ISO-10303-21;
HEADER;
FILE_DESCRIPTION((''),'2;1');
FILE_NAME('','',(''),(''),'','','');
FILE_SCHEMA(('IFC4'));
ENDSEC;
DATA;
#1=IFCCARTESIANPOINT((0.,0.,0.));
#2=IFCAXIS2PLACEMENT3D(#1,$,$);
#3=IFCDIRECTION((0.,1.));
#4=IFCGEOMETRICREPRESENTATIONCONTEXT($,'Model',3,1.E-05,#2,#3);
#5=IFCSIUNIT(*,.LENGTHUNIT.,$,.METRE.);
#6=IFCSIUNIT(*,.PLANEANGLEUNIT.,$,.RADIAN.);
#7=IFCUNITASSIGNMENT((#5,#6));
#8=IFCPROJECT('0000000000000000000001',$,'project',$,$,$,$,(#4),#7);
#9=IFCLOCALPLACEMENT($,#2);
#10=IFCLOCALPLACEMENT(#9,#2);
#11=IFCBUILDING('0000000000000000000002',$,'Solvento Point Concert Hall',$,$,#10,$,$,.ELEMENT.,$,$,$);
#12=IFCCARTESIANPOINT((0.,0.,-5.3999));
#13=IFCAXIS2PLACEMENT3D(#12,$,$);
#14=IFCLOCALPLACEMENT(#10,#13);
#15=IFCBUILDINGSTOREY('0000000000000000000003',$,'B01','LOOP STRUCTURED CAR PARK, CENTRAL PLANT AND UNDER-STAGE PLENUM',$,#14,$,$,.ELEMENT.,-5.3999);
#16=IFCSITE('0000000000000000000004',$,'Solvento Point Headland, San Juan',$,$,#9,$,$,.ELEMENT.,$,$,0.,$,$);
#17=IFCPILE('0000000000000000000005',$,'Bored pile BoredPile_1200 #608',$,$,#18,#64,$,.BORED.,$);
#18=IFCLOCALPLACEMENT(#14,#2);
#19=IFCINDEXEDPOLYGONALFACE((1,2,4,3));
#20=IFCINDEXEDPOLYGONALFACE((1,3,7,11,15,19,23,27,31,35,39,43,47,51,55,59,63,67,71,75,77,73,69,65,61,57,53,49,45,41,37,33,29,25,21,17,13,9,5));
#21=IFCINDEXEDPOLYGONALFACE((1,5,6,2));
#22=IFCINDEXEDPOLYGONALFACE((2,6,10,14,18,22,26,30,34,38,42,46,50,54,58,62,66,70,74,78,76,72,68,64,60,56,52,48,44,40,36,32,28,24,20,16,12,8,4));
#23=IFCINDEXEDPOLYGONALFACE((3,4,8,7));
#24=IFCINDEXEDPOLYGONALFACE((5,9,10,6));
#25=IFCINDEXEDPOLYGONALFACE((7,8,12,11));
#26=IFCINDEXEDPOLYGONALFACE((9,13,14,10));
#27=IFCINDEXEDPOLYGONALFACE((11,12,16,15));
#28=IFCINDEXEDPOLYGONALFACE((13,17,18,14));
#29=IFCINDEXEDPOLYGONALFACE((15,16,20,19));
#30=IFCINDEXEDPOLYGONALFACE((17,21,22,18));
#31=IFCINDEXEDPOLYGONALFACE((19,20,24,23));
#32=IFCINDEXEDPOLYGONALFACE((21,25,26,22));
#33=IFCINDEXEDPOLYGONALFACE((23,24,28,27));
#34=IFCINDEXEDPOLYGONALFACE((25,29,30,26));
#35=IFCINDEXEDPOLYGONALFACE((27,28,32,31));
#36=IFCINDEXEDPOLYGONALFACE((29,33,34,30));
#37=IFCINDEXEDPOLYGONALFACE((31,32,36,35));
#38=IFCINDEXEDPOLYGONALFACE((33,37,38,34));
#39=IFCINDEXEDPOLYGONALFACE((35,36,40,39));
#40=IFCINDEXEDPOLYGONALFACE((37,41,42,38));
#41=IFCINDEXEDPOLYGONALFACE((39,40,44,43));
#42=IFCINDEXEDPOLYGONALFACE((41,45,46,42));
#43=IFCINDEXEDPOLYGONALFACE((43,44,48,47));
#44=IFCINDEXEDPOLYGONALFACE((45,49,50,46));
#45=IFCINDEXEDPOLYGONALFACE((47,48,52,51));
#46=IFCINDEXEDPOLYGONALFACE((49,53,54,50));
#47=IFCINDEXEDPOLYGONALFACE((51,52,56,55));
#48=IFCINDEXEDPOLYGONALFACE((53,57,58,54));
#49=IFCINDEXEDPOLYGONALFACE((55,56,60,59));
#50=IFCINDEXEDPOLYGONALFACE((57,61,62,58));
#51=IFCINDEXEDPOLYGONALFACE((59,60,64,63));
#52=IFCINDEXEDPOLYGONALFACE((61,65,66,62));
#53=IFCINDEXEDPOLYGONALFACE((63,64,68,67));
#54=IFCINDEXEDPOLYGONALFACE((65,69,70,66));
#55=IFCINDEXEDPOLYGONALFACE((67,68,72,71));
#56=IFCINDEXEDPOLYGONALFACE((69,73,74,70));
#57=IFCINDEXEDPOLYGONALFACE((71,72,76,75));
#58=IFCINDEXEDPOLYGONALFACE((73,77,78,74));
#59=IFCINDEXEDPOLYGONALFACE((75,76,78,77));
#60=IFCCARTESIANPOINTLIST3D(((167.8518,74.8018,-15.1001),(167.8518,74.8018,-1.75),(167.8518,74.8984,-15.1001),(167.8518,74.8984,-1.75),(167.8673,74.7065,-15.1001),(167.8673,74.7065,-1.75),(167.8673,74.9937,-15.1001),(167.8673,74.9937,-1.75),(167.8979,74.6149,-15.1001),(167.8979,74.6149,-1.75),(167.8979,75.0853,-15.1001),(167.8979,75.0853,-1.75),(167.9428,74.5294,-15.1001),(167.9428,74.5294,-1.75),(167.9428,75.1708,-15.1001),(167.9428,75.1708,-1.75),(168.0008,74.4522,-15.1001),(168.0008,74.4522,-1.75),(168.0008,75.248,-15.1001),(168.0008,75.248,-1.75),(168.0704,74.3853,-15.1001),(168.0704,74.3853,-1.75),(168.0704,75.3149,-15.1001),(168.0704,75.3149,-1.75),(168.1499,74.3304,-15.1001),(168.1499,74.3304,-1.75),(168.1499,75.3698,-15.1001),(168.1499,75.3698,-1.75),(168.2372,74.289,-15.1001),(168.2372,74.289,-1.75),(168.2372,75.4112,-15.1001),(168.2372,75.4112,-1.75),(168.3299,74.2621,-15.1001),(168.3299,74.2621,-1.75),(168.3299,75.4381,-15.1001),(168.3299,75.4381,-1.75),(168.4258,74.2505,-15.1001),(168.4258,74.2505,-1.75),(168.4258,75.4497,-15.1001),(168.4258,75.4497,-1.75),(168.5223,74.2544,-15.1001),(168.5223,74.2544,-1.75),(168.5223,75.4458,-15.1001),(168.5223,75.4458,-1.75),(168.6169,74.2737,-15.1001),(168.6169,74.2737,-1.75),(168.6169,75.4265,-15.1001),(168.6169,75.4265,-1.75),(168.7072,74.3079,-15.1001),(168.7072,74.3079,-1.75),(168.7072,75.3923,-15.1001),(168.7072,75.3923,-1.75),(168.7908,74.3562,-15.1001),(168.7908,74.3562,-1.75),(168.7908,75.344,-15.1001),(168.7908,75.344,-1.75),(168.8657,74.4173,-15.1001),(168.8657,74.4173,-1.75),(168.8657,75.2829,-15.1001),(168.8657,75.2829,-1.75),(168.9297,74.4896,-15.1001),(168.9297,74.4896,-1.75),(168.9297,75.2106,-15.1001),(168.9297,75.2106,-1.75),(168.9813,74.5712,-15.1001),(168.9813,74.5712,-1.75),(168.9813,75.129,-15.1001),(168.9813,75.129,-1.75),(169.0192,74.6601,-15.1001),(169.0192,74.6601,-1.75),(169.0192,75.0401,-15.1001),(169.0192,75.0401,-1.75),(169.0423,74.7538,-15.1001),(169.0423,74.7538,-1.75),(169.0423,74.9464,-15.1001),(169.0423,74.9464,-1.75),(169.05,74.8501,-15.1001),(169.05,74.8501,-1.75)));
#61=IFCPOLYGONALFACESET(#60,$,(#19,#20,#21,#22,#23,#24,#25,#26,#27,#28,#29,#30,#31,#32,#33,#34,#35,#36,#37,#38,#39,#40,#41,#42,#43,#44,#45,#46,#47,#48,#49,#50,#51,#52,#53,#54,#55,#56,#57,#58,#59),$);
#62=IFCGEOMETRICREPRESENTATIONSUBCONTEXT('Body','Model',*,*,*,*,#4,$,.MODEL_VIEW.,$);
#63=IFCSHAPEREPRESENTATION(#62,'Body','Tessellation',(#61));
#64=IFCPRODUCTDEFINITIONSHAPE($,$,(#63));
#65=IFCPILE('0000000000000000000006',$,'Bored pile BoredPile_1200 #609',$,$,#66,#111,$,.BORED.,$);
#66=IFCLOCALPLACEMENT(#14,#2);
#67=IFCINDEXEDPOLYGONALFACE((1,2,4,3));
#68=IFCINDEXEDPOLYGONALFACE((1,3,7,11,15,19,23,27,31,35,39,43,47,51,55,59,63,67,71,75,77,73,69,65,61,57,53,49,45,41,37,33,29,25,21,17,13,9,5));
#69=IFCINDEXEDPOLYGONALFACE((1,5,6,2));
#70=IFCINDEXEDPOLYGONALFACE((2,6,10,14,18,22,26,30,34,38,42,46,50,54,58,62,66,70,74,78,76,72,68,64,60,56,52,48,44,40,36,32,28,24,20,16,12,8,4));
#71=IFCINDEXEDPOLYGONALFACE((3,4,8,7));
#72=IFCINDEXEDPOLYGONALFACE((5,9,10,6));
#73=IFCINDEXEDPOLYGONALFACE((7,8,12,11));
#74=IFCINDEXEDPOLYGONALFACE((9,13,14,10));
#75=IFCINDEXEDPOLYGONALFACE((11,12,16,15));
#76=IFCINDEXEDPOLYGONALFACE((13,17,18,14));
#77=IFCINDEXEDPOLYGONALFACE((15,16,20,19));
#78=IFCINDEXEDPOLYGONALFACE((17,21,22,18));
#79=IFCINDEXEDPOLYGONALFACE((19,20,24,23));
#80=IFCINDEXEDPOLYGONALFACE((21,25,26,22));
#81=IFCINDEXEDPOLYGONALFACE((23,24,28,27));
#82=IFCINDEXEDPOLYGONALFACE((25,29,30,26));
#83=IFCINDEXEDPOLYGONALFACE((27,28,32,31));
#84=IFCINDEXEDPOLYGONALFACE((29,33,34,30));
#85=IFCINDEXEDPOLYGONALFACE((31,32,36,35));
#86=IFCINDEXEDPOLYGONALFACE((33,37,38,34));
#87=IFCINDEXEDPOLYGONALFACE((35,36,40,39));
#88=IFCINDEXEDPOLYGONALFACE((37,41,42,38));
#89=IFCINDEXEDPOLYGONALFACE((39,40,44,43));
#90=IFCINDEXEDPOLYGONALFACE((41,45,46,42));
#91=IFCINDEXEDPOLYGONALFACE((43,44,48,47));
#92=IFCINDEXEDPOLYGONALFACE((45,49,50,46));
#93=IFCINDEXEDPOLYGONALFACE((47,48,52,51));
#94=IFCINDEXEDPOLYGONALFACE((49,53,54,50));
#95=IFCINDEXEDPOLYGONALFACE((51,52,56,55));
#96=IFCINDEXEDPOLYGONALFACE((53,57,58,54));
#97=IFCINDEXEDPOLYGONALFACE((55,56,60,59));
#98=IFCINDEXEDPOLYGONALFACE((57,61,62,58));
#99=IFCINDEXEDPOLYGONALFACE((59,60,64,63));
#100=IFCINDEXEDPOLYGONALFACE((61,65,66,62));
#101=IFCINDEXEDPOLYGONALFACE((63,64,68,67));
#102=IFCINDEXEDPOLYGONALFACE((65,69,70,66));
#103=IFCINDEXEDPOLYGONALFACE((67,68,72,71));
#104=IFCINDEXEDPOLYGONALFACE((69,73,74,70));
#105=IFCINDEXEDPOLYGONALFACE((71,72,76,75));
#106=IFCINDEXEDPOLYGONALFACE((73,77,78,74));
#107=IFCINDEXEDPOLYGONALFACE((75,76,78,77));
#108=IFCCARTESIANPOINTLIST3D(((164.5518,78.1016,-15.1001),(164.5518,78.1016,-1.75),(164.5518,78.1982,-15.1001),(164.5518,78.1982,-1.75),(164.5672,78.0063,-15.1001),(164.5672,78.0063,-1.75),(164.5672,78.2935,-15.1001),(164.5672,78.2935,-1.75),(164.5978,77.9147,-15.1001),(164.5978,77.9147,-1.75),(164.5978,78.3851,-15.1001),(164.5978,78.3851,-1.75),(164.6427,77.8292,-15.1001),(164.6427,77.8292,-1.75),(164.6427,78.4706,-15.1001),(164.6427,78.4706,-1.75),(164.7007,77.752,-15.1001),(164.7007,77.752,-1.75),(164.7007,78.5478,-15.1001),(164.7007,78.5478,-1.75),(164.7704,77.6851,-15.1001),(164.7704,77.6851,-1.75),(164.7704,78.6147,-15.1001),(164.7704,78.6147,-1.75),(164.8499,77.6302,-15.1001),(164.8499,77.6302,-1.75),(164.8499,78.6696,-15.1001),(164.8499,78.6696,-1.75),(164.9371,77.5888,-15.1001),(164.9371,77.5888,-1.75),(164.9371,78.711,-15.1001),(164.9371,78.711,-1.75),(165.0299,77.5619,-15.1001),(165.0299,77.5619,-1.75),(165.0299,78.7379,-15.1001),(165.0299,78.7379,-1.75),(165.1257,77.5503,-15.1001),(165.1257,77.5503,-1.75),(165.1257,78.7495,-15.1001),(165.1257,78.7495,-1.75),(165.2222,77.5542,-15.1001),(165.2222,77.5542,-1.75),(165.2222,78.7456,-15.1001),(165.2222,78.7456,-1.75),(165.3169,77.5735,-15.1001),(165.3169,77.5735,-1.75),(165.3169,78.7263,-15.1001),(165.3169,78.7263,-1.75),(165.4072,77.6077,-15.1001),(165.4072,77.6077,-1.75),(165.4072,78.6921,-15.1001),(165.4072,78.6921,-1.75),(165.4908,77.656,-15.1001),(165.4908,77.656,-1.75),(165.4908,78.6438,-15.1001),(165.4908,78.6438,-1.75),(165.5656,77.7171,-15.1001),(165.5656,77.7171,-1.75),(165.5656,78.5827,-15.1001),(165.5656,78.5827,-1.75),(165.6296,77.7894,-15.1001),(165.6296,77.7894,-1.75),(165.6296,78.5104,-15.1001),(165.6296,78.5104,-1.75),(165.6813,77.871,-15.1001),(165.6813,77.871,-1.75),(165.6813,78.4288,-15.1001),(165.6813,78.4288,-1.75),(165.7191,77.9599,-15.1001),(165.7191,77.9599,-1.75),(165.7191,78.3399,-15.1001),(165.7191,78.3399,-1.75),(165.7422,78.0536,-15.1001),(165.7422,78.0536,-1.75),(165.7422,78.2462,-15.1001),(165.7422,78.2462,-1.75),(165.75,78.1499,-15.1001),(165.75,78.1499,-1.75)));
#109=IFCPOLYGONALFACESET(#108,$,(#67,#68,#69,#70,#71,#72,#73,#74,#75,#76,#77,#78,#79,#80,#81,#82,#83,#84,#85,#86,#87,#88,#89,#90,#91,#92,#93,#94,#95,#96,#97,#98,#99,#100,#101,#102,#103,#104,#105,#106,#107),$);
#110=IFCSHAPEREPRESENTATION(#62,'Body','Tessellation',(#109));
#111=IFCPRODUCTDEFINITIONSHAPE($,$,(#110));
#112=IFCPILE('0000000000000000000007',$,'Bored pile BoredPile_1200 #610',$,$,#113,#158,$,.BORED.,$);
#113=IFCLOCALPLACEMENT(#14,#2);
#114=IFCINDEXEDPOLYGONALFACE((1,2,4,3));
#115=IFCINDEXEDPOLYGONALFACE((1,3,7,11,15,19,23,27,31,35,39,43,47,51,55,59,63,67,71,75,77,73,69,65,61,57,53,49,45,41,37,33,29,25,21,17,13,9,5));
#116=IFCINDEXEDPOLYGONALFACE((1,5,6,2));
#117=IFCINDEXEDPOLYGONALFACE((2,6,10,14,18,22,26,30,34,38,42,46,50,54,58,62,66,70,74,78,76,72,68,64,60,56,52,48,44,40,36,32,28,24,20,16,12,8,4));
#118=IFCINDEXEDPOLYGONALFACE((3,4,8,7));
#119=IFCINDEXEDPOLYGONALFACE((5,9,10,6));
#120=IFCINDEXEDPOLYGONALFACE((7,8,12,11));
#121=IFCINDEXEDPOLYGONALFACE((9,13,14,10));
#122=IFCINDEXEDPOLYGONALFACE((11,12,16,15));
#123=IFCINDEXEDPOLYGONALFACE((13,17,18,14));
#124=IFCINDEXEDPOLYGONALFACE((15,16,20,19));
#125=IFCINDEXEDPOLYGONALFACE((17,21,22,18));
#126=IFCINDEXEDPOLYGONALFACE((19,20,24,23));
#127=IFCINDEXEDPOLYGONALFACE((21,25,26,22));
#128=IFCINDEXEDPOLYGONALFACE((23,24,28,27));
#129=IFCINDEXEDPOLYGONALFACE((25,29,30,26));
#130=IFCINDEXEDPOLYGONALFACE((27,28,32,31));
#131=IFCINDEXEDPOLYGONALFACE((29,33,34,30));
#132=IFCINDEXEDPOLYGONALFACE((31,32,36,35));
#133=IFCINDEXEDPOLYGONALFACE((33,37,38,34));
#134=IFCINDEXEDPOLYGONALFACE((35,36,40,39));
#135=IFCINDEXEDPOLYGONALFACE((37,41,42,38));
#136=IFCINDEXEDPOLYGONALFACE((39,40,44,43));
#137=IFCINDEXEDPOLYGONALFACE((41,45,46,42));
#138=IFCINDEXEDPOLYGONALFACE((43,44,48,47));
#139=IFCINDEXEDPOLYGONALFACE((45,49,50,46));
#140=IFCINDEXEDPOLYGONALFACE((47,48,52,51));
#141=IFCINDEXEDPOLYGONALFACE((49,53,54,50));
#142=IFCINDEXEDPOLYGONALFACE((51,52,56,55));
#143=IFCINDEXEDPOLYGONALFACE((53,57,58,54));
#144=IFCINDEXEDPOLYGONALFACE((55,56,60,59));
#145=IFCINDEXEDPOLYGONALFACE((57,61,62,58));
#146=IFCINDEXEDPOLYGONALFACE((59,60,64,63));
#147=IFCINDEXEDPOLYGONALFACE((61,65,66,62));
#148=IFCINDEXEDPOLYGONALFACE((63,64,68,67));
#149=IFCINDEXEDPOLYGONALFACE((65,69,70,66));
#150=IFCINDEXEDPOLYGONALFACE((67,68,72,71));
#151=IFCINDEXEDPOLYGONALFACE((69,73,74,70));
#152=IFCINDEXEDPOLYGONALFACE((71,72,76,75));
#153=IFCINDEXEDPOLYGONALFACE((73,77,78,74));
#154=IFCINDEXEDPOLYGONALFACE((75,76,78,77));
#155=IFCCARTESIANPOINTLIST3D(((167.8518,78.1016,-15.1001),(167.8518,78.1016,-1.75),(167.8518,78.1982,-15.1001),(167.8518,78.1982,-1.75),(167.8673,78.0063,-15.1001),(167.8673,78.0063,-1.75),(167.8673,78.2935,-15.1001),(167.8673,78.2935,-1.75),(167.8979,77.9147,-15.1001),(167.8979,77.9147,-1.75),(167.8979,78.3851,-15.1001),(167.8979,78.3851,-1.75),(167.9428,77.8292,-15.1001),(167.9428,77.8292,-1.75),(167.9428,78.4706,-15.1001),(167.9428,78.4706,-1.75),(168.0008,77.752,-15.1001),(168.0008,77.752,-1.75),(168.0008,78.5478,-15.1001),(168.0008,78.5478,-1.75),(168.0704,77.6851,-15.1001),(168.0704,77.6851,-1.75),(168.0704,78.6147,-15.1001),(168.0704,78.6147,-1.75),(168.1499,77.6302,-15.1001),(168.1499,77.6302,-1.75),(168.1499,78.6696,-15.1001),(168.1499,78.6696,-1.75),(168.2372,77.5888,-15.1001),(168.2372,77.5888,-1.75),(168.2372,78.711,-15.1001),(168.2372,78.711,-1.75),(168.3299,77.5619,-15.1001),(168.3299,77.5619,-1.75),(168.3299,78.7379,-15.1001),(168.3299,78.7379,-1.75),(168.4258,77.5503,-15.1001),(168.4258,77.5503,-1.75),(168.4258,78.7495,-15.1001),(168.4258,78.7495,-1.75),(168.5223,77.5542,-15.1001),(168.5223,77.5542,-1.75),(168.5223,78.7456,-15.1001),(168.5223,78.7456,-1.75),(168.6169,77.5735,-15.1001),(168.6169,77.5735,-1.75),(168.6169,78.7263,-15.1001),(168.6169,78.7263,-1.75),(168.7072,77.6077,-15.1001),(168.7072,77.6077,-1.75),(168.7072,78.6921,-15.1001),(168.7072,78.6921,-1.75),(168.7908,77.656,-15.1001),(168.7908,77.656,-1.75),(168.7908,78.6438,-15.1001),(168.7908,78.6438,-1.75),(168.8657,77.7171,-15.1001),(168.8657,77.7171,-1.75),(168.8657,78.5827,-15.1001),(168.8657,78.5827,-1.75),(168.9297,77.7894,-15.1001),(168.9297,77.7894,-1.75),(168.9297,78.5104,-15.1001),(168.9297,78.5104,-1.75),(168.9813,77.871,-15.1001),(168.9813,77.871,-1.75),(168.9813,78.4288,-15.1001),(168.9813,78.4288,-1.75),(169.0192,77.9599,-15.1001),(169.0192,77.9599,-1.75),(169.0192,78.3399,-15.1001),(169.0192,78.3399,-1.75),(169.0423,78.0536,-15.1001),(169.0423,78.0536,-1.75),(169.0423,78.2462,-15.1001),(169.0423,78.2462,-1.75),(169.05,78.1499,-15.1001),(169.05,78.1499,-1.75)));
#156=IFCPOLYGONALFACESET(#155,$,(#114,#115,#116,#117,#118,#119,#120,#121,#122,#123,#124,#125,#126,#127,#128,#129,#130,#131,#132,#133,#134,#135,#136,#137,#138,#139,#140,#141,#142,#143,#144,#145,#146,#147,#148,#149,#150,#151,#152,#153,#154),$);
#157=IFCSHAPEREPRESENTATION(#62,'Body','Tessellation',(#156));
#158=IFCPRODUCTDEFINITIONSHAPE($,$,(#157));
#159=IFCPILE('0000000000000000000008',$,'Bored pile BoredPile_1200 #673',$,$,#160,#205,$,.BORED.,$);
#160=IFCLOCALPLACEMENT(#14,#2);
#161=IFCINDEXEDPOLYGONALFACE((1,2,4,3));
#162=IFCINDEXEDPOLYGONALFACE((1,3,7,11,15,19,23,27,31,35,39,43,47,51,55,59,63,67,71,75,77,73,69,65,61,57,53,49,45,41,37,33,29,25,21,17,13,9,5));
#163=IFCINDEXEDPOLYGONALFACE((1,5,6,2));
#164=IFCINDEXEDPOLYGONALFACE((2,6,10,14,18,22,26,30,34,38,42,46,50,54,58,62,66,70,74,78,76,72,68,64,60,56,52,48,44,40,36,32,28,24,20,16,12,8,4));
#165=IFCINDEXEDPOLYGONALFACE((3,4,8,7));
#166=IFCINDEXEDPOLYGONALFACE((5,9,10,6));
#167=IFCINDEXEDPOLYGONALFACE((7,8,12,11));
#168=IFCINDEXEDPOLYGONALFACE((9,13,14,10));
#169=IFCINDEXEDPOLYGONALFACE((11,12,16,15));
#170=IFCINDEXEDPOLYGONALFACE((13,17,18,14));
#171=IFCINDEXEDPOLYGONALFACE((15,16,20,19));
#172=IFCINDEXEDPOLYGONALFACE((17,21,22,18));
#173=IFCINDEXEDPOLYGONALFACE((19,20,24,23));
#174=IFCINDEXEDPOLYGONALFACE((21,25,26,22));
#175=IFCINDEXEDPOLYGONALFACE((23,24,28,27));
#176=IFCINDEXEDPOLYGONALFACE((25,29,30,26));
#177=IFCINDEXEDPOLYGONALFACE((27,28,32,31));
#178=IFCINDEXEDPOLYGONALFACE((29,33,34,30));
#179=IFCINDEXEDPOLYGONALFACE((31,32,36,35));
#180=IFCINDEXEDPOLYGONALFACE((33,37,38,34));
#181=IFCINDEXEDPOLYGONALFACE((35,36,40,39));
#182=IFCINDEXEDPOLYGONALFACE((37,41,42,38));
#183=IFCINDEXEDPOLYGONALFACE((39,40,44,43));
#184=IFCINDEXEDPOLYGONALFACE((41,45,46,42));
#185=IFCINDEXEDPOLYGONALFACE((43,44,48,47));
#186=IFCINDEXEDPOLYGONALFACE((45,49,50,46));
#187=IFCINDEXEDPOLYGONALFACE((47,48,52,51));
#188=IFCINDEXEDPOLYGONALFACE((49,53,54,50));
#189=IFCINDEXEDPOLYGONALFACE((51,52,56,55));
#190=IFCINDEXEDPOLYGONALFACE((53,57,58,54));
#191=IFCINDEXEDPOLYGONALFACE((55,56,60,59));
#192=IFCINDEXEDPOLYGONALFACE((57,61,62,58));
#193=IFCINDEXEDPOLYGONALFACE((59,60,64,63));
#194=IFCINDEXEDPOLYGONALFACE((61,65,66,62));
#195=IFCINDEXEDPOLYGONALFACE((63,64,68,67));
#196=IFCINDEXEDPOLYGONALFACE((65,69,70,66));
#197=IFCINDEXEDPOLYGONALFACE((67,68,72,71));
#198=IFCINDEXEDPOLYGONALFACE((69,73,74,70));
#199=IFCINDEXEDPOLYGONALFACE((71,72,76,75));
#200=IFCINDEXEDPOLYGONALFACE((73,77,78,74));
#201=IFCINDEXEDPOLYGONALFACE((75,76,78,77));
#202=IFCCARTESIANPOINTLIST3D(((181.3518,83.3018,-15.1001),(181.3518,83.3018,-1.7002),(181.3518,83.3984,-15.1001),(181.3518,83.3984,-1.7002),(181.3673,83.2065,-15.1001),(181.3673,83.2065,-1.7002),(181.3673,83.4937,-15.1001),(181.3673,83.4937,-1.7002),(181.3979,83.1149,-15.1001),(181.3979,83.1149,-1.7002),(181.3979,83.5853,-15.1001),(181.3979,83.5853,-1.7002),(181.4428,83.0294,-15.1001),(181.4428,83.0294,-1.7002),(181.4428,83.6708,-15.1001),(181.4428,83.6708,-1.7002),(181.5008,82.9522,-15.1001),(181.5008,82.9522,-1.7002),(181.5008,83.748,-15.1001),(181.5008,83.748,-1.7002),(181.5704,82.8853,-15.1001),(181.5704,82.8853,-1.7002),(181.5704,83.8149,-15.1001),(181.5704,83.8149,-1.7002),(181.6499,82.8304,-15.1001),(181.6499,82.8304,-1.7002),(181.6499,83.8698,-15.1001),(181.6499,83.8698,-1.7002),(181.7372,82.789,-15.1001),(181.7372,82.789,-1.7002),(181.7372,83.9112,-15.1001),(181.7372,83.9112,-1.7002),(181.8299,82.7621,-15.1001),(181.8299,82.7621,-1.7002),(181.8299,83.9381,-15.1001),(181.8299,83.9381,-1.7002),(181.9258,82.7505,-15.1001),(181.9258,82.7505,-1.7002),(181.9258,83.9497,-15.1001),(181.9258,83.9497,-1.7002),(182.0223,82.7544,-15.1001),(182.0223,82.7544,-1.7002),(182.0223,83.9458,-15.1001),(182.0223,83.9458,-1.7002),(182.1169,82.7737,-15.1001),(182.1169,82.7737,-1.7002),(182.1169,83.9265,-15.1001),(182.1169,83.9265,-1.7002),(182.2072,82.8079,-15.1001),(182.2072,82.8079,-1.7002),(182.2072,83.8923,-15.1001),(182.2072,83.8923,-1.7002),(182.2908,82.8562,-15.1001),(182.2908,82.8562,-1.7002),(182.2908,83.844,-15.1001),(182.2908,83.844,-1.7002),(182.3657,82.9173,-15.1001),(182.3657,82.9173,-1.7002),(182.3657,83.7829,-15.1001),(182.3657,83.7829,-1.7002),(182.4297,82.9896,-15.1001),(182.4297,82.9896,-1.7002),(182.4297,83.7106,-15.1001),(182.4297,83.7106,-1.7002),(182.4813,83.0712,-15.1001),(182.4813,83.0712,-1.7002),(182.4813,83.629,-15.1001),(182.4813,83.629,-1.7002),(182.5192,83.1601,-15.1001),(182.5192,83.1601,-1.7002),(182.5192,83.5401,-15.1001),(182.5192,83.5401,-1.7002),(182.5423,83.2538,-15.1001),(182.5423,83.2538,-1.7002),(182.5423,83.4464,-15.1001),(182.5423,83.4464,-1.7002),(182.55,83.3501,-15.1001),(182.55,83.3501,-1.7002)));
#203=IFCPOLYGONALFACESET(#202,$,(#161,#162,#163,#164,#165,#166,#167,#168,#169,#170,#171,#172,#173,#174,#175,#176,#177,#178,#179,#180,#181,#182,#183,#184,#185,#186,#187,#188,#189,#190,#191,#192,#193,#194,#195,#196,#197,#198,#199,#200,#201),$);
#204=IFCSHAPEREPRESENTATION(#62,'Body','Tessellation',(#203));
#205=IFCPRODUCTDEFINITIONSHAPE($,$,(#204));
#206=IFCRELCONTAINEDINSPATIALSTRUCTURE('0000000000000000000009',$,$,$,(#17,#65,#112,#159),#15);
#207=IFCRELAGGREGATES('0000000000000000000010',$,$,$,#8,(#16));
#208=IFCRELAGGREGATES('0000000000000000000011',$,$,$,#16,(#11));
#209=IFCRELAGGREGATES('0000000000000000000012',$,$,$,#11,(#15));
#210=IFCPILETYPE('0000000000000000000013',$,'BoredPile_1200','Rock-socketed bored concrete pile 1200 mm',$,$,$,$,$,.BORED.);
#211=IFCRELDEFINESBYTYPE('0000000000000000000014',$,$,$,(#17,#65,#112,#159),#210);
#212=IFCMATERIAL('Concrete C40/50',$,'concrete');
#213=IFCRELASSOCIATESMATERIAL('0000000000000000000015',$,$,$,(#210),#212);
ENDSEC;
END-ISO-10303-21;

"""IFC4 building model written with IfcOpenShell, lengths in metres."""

from ifc_helpers import new_model, si_unit, direction, frame, origin, origin_2d, place, context, subcontext, project, spatial, circle, extrude, material, material_profile, profile_set, type_object, element, save


model = new_model("IFC4")

# Units and contexts
model_context = context("Model", 3, precision=1e-05, world=origin(), true_north=direction((0.0, 1.0)))
body_context = subcontext(model_context, "Body", "Model", "MODEL_VIEW")
ifc_project = project(units=[si_unit("LENGTHUNIT", "METRE"), si_unit("PLANEANGLEUNIT", "RADIAN")], contexts=[model_context])

# Site, building, storey
site_placement = place(None, origin())
site = spatial("IfcSite", under=ifc_project, at=site_placement, Name="Solvento Point Headland, San Juan", CompositionType="ELEMENT", RefElevation=0.0)
building_placement = place(site_placement, origin())
building = spatial("IfcBuilding", under=site, at=building_placement, Name="Solvento Point Concert Hall", CompositionType="ELEMENT")
storey_placement = place(building_placement, frame((0.0, 0.0, -5.3999)))
storey = spatial("IfcBuildingStorey", under=building, at=storey_placement, Name="B01", Description="LOOP STRUCTURED CAR PARK, CENTRAL PLANT AND UNDER-STAGE PLENUM", CompositionType="ELEMENT", Elevation=-5.3999)

# Piles
ifc_material_1 = material(Name="Concrete C40/50", Category="concrete")
ifc_material_profile_1 = material_profile(ifc_material_1, circle(Radius=0.6001, at=origin_2d()), Name="BP-1200")
ifc_profile_set_1 = profile_set([ifc_material_profile_1], Name="Concrete C40/50")
pile_type_1 = type_object("IfcPileType", Name="BoredPile_1200", Description="Rock-socketed bored concrete pile 1200 mm", PredefinedType="BORED", material=ifc_profile_set_1)
for number, where, z_axis, x_axis, name in (
    (1, (168.45, 74.8501, -1.75), (0.0, 0.0, -1.0), (1.0, 0.0, 0.0), "Bored pile BoredPile_1200 #608"),
    (2, (165.1499, 78.1499, -1.75), (0.0, 0.0, -1.0), (1.0, 0.0, 0.0), "Bored pile BoredPile_1200 #609"),
    (3, (168.45, 78.1499, -1.75), (0.0, 0.0, -1.0), (1.0, 0.0, 0.0), "Bored pile BoredPile_1200 #610"),
):
    element("IfcPile", number, at=place(storey_placement, frame(where, z_axis=z_axis, x_axis=x_axis)), inside=storey, type_object=pile_type_1, Name=name, PredefinedType="BORED", context=body_context, shape_type="SweptSolid", body=[
        extrude(circle(Radius=0.6001, at=origin_2d()), origin(), (0.0, 0.0, 1.0), 13.3501),
    ])
for number, where, z_axis, x_axis, name in (
    (4, (181.95, 83.3501, -1.7002), (0.0, 0.0, -1.0), (1.0, 0.0, 0.0), "Bored pile BoredPile_1200 #673"),
):
    element("IfcPile", number, at=place(storey_placement, frame(where, z_axis=z_axis, x_axis=x_axis)), inside=storey, type_object=pile_type_1, Name=name, PredefinedType="BORED", context=body_context, shape_type="SweptSolid", body=[
        extrude(circle(Radius=0.6001, at=origin_2d()), origin(), (0.0, 0.0, 1.0), 13.3999),
    ])

save(model, "model.ifc")
